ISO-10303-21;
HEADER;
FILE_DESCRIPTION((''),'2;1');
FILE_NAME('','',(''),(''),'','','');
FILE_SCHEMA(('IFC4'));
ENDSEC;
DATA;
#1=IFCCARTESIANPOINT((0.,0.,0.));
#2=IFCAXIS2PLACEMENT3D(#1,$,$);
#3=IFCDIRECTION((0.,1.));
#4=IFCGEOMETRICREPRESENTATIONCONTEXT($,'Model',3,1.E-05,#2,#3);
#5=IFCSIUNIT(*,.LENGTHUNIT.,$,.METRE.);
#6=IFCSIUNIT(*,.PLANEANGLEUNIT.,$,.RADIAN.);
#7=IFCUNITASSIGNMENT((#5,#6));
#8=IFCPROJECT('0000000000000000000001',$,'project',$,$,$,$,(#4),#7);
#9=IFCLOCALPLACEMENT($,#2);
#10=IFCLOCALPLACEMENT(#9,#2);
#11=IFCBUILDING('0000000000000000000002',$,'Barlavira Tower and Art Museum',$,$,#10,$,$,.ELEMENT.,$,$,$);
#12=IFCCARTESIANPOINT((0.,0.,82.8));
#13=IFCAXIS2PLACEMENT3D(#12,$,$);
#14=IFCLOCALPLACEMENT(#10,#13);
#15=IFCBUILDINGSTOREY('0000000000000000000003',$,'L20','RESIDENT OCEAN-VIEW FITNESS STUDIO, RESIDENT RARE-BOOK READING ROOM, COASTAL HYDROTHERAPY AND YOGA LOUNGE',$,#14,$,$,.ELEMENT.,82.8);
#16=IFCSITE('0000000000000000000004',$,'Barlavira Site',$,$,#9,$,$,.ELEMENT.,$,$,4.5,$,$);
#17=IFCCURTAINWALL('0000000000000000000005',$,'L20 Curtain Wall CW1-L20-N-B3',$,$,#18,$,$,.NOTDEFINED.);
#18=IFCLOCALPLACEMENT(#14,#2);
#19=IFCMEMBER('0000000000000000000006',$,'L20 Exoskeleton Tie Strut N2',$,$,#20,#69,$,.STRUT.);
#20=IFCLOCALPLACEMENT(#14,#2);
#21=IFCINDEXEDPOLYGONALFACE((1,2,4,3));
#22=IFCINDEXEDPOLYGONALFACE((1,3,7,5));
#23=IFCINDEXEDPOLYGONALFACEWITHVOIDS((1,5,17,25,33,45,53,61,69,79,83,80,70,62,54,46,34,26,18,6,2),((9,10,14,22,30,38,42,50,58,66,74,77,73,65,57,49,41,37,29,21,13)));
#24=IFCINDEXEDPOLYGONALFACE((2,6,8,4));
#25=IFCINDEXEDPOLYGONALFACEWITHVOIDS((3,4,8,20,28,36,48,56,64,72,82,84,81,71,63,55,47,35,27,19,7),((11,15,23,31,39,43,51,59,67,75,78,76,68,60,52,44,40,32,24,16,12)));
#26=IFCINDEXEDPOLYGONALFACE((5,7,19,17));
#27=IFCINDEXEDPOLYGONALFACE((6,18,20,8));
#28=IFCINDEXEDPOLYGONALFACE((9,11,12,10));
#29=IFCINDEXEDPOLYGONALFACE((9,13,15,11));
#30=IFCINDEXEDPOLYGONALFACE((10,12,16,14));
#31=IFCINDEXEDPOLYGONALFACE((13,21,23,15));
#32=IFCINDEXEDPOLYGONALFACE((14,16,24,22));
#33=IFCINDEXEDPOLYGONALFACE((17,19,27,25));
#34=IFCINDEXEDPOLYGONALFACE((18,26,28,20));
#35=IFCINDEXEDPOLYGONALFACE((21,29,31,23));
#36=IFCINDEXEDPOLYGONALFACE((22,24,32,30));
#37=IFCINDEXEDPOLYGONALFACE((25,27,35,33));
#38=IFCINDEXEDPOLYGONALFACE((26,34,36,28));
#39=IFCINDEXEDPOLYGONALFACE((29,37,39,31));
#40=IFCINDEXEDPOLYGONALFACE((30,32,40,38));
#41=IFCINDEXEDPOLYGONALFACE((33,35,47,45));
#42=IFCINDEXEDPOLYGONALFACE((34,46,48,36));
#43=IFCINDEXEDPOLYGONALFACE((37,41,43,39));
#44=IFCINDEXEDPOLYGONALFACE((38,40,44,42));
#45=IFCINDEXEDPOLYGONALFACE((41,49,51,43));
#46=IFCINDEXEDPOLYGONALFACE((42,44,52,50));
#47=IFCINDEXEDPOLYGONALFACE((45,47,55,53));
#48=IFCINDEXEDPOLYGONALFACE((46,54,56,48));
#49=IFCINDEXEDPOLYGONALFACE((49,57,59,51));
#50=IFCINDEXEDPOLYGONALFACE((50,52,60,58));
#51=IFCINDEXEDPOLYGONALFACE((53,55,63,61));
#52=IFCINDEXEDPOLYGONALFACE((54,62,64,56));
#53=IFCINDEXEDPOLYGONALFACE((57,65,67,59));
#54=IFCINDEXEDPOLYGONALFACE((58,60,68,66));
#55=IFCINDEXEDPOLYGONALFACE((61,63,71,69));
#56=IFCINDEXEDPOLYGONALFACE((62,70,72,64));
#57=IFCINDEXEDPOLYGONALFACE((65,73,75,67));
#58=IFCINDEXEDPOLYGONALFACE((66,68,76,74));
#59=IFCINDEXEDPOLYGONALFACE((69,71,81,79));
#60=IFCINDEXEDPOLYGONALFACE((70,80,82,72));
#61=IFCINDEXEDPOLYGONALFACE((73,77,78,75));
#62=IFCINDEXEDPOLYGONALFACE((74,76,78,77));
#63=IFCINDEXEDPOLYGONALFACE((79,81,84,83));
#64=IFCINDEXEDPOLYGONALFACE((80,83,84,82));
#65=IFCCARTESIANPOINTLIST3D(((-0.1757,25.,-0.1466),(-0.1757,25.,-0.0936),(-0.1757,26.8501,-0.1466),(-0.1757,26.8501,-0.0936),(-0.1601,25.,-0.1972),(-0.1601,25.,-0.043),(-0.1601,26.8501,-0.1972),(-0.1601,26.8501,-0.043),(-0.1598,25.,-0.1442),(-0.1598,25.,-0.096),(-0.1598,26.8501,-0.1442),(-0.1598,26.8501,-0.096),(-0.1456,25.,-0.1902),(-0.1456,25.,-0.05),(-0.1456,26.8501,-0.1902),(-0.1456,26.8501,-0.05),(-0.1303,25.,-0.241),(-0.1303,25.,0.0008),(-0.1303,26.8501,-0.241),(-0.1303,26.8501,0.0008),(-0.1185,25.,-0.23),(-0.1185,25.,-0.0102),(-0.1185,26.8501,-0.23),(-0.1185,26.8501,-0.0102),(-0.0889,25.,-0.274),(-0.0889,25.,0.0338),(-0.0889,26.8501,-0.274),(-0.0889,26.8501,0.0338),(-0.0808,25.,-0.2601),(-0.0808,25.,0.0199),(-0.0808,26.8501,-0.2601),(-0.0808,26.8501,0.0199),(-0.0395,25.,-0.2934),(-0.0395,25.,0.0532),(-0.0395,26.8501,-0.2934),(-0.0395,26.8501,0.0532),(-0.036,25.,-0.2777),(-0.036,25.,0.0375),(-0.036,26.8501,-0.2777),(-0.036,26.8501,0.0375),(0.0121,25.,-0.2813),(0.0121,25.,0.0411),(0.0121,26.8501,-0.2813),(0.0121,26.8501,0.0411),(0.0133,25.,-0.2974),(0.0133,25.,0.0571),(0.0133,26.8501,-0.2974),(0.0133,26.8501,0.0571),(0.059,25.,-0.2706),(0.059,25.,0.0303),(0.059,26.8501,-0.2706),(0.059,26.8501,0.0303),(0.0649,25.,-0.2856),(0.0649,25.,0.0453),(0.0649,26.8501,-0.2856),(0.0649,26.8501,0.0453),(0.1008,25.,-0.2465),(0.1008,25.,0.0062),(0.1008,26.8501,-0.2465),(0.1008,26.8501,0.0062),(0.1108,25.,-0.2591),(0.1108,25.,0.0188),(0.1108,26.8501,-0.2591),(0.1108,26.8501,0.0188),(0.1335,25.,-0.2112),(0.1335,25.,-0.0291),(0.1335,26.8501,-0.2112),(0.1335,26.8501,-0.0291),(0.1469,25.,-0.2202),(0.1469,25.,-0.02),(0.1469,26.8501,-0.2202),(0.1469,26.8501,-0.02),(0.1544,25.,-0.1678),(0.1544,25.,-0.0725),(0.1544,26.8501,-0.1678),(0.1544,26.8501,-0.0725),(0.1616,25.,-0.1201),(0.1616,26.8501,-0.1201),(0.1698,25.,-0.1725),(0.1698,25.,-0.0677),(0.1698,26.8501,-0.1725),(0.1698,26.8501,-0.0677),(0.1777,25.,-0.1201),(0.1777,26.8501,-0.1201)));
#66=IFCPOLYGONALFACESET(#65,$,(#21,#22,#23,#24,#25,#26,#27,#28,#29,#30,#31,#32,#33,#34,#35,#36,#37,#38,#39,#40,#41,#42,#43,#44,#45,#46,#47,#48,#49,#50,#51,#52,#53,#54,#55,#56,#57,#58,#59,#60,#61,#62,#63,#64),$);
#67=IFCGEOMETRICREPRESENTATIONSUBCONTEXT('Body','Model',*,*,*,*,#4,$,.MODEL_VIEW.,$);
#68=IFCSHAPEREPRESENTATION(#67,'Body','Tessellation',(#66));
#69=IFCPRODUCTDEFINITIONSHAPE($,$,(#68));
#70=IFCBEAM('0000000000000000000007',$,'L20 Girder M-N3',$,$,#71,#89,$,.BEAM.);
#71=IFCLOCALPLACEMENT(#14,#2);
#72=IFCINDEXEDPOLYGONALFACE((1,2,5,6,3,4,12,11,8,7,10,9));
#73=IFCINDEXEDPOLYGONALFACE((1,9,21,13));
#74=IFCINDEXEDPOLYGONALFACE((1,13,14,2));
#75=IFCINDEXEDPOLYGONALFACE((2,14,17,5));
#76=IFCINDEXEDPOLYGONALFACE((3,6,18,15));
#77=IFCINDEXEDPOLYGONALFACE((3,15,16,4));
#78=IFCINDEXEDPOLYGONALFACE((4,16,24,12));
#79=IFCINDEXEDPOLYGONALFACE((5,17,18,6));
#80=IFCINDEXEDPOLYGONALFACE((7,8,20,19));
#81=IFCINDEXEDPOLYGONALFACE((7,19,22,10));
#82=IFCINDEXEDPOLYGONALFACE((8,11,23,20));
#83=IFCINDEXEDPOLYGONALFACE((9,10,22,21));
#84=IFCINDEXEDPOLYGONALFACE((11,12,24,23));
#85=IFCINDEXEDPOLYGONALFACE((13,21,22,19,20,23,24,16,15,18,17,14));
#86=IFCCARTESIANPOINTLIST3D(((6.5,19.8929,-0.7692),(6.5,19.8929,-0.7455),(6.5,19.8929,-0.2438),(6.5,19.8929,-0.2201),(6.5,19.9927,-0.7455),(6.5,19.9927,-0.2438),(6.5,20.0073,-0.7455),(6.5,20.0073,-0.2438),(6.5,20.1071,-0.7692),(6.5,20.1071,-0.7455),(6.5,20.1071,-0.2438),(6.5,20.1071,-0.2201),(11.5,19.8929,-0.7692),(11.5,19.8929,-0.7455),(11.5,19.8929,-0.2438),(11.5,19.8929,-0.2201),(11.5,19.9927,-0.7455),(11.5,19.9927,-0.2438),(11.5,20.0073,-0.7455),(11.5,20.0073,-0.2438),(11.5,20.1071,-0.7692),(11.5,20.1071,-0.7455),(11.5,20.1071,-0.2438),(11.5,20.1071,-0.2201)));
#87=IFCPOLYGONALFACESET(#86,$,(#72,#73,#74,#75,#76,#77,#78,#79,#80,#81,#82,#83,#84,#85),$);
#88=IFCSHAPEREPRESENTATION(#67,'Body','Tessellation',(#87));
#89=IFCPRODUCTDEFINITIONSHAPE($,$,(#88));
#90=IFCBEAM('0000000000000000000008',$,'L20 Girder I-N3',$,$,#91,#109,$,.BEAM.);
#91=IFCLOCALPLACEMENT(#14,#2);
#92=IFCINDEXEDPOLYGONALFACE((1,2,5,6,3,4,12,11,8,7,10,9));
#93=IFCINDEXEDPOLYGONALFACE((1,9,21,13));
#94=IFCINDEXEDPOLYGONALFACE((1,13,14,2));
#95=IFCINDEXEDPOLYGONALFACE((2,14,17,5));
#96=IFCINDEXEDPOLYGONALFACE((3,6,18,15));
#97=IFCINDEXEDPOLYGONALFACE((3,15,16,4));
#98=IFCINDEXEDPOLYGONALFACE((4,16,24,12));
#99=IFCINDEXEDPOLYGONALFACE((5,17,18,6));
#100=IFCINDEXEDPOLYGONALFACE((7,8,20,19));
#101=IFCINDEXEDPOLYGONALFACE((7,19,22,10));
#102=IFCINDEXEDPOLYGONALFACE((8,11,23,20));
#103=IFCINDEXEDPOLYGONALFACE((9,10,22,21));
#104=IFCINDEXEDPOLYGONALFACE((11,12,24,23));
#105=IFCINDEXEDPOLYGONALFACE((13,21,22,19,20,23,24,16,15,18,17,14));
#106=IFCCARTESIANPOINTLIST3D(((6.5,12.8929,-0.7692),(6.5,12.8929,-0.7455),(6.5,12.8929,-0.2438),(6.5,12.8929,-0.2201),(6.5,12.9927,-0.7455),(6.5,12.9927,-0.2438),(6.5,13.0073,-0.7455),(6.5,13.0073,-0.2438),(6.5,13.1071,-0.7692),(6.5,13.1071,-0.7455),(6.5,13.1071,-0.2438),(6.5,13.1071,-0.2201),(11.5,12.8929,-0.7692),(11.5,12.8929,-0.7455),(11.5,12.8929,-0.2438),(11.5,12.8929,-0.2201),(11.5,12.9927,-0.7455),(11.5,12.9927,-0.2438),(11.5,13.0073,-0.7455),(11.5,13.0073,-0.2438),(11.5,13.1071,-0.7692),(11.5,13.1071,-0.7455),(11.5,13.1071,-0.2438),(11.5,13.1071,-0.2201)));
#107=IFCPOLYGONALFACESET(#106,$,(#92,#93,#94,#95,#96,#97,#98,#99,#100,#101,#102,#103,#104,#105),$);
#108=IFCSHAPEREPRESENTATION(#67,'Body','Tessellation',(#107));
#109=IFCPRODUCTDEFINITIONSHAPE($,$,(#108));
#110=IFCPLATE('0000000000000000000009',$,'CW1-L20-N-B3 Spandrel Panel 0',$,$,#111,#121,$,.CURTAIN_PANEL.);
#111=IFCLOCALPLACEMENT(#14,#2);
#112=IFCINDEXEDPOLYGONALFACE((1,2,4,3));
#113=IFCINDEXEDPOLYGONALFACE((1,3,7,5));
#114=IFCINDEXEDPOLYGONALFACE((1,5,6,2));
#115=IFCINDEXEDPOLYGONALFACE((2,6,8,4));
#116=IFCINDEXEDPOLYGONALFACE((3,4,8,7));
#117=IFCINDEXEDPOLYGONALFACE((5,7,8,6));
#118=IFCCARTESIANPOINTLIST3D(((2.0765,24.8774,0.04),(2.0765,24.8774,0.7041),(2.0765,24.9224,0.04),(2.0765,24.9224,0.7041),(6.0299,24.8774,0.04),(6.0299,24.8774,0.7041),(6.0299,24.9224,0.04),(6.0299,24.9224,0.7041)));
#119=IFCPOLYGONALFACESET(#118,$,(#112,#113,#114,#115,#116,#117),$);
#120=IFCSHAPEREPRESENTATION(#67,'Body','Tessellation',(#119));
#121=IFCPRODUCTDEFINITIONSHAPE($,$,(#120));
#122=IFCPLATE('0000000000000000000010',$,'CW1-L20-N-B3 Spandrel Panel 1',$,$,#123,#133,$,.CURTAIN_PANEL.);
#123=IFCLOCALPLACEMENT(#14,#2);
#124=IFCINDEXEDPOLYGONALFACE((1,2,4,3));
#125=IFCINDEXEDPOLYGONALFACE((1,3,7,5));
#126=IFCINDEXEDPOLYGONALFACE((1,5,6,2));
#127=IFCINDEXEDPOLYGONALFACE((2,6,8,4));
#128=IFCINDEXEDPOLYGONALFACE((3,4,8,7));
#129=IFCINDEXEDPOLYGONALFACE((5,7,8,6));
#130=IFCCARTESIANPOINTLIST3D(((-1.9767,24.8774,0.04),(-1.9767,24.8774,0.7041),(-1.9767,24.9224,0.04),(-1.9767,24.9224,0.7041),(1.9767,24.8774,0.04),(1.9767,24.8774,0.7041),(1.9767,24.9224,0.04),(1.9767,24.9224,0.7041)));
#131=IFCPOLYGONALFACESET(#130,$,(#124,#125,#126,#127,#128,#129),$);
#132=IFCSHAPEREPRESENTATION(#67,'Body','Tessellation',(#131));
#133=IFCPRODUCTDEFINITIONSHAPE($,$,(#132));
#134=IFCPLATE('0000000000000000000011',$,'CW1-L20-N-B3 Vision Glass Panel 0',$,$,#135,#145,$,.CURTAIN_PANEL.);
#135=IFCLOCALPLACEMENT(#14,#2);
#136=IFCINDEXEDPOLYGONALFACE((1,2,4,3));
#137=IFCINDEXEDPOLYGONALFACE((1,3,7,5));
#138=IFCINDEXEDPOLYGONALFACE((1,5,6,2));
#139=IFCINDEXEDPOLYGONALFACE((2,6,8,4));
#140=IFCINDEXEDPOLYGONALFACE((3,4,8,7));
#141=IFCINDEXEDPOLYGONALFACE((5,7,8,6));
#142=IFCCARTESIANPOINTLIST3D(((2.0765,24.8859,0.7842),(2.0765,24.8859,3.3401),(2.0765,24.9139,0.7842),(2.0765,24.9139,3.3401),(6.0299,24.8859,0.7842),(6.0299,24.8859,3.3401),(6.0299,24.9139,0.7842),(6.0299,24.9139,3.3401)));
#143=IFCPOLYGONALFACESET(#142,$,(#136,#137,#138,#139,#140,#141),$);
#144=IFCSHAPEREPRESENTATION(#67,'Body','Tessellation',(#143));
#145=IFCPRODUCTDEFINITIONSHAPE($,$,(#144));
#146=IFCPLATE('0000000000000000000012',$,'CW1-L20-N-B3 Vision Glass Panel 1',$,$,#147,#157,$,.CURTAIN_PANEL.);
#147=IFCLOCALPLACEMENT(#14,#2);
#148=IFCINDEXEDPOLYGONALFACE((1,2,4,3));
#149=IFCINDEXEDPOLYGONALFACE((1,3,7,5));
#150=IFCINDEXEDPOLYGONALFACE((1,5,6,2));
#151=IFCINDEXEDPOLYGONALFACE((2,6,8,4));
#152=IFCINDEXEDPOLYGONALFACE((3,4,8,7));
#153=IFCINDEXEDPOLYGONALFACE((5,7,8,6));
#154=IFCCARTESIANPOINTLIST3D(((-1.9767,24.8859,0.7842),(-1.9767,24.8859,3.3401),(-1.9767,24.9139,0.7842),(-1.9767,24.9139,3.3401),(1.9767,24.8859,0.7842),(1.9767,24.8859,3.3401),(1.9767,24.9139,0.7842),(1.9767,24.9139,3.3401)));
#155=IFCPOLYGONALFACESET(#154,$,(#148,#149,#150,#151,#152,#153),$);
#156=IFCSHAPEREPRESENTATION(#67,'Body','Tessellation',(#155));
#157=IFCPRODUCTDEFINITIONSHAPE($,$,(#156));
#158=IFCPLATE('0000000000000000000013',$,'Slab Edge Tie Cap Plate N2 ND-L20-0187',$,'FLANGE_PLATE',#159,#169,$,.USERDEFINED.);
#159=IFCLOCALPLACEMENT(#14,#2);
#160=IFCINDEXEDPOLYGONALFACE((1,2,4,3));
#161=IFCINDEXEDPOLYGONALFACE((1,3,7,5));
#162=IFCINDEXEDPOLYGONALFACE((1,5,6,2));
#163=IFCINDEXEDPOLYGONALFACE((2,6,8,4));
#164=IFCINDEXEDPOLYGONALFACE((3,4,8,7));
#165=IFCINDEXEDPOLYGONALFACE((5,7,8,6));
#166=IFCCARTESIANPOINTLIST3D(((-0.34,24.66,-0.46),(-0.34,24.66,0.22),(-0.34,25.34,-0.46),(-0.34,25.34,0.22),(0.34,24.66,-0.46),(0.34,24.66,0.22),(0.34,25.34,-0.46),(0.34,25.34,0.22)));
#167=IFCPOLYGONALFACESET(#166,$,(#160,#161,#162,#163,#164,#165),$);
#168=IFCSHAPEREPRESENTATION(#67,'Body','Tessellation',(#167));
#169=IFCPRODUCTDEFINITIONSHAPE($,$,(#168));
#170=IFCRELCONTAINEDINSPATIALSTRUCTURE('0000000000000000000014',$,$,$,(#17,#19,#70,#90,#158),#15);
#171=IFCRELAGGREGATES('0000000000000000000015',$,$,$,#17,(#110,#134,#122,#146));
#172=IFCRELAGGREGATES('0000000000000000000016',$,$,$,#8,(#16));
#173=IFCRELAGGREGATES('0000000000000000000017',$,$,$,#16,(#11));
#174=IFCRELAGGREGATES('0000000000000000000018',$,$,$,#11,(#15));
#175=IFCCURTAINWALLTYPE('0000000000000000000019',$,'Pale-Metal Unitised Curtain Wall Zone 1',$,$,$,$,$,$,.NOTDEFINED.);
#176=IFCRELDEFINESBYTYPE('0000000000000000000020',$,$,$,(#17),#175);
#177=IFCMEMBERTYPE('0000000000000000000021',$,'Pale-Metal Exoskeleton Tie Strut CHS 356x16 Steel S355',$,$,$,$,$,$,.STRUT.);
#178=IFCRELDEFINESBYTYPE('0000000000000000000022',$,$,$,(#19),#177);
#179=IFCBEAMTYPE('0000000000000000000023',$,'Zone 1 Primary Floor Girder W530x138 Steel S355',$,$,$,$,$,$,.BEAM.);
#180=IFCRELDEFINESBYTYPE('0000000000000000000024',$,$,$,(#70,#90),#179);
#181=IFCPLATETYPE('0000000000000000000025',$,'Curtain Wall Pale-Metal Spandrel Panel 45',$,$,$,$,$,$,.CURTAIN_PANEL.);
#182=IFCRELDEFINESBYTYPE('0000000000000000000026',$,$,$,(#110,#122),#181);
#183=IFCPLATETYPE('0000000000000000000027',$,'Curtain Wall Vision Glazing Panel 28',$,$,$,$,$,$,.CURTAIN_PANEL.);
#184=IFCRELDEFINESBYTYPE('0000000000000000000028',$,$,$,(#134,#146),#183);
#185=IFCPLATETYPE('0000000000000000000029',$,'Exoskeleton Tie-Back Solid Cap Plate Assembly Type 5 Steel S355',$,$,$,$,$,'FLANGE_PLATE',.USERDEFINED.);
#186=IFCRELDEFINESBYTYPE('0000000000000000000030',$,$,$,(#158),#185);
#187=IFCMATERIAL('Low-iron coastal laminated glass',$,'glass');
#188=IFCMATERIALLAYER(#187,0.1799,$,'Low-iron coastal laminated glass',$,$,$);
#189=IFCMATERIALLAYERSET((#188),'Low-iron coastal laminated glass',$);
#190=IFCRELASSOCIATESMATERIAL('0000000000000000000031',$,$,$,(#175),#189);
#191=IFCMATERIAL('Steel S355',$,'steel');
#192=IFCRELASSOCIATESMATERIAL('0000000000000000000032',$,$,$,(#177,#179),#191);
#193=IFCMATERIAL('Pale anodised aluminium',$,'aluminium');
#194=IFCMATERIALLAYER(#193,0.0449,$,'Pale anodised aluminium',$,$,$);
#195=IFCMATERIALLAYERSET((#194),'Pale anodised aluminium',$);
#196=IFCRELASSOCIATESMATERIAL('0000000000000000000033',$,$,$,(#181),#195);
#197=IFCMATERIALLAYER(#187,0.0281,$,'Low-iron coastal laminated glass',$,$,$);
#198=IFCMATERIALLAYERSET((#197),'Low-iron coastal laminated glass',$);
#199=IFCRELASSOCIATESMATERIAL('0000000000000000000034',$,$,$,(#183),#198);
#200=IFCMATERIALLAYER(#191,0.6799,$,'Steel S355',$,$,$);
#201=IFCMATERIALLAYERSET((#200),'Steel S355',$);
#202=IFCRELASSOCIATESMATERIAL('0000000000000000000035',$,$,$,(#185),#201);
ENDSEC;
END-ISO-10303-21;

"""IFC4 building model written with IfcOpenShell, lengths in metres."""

from ifc_helpers import new_model, si_unit, direction, frame, origin, origin_2d, place, context, subcontext, project, spatial, rectangle, hollow_circle, i_section, extrude, material, layer, layer_set, material_profile, profile_set, type_object, element, aggregate, save


model = new_model("IFC4")

# Units and contexts
model_context = context("Model", 3, precision=1e-05, world=origin(), true_north=direction((0.0, 1.0)))
body_context = subcontext(model_context, "Body", "Model", "MODEL_VIEW")
ifc_project = project(units=[si_unit("LENGTHUNIT", "METRE"), si_unit("PLANEANGLEUNIT", "RADIAN")], contexts=[model_context])

# Site, building, storey
site_placement = place(None, origin())
site = spatial("IfcSite", under=ifc_project, at=site_placement, Name="Barlavira Site", CompositionType="ELEMENT", RefElevation=4.5)
building_placement = place(site_placement, origin())
building = spatial("IfcBuilding", under=site, at=building_placement, Name="Barlavira Tower and Art Museum", CompositionType="ELEMENT")
storey_placement = place(building_placement, frame((0.0, 0.0, 82.8)))
storey = spatial("IfcBuildingStorey", under=building, at=storey_placement, Name="L20", Description="RESIDENT OCEAN-VIEW FITNESS STUDIO, RESIDENT RARE-BOOK READING ROOM, COASTAL HYDROTHERAPY AND YOGA LOUNGE", CompositionType="ELEMENT", Elevation=82.8)

# Curtain wall
ifc_material_1 = material(Name="Low-iron coastal laminated glass", Category="glass")
ifc_layer_1 = layer(ifc_material_1, 0.1799, Name="Low-iron coastal laminated glass")
ifc_layer_set_1 = layer_set([ifc_layer_1], Name="Low-iron coastal laminated glass")
curtain_wall_type = type_object("IfcCurtainWallType", Name="Pale-Metal Unitised Curtain Wall Zone 1", PredefinedType="NOTDEFINED", material=ifc_layer_set_1)
curtain_wall_placement = place(storey_placement, origin())
curtain_wall = element("IfcCurtainWall", 1, at=curtain_wall_placement, inside=storey, type_object=curtain_wall_type, Name="L20 Curtain Wall CW1-L20-N-B3", PredefinedType="NOTDEFINED")
ifc_material_2 = material(Name="Pale anodised aluminium", Category="aluminium")

# Member
ifc_material_3 = material(Name="Steel S355", Category="steel")
ifc_material_profile_1 = material_profile(ifc_material_3, hollow_circle(Radius=0.1777, WallThickness=0.0161, at=origin_2d()), Name="CHS 355.6x16.0")
ifc_profile_set_1 = profile_set([ifc_material_profile_1], Name="Steel S355")
member_type_1 = type_object("IfcMemberType", Name="Pale-Metal Exoskeleton Tie Strut CHS 356x16 Steel S355", PredefinedType="STRUT", material=ifc_profile_set_1)
member_1_placement = place(storey_placement, frame((0.0, 26.8501, -0.1201), z_axis=(0.0, -1.0, 0.0), x_axis=(1.0, 0.0, 0.0)))
element("IfcMember", 2, at=member_1_placement, inside=storey, type_object=member_type_1, Name="L20 Exoskeleton Tie Strut N2", PredefinedType="STRUT", context=body_context, shape_type="SweptSolid", body=[
    extrude(hollow_circle(Radius=0.1777, WallThickness=0.0161, at=origin_2d()), origin(), (0.0, 0.0, 1.0), 1.8501),
])

# Beams
ifc_material_profile_2 = material_profile(ifc_material_3, i_section(OverallWidth=0.2141, OverallDepth=0.5491, WebThickness=0.0146, FlangeThickness=0.0237, at=origin_2d()), Name="W530x138.0")
ifc_profile_set_2 = profile_set([ifc_material_profile_2], Name="Steel S355")
beam_type = type_object("IfcBeamType", Name="Zone 1 Primary Floor Girder W530x138 Steel S355", PredefinedType="BEAM", material=ifc_profile_set_2)
for number, where, z_axis, x_axis, name in (
    (3, (6.5, 20.0, -0.4946), (1.0, 0.0, 0.0), (0.0, 1.0, 0.0), "L20 Girder M-N3"),
    (4, (6.5, 13.0, -0.4946), (1.0, 0.0, 0.0), (0.0, 1.0, 0.0), "L20 Girder I-N3"),
):
    element("IfcBeam", number, at=place(storey_placement, frame(where, z_axis=z_axis, x_axis=x_axis)), inside=storey, type_object=beam_type, Name=name, PredefinedType="BEAM", context=body_context, shape_type="SweptSolid", body=[
        extrude(i_section(OverallWidth=0.2141, OverallDepth=0.5491, WebThickness=0.0146, FlangeThickness=0.0237, at=origin_2d()), origin(), (0.0, 0.0, 1.0), 5.0),
    ])

# Plates
ifc_layer_2 = layer(ifc_material_2, 0.0449, Name="Pale anodised aluminium")
ifc_layer_set_2 = layer_set([ifc_layer_2], Name="Pale anodised aluminium")
plate_type_1 = type_object("IfcPlateType", Name="Curtain Wall Pale-Metal Spandrel Panel 45", PredefinedType="CURTAIN_PANEL", material=ifc_layer_set_2)
plate_1_placement = place(storey_placement, frame((4.0532, 24.8999, 0.04), z_axis=(0.0, 0.0, 1.0), x_axis=(-1.0, 0.0, 0.0)))
plate_1 = element("IfcPlate", 5, at=plate_1_placement, type_object=plate_type_1, Name="CW1-L20-N-B3 Spandrel Panel 0", PredefinedType="CURTAIN_PANEL", context=body_context, shape_type="SweptSolid", body=[
    extrude(rectangle(XDim=3.9534, YDim=0.0449, at=origin_2d()), origin(), (0.0, 0.0, 1.0), 0.6641),
])
plate_2_placement = place(storey_placement, frame((0.0, 24.8999, 0.04), z_axis=(0.0, 0.0, 1.0), x_axis=(-1.0, 0.0, 0.0)))
plate_2 = element("IfcPlate", 6, at=plate_2_placement, type_object=plate_type_1, Name="CW1-L20-N-B3 Spandrel Panel 1", PredefinedType="CURTAIN_PANEL", context=body_context, shape_type="SweptSolid", body=[
    extrude(rectangle(XDim=3.9534, YDim=0.0449, at=origin_2d()), origin(), (0.0, 0.0, 1.0), 0.6641),
])
ifc_layer_3 = layer(ifc_material_1, 0.0281, Name="Low-iron coastal laminated glass")
ifc_layer_set_3 = layer_set([ifc_layer_3], Name="Low-iron coastal laminated glass")
plate_type_2 = type_object("IfcPlateType", Name="Curtain Wall Vision Glazing Panel 28", PredefinedType="CURTAIN_PANEL", material=ifc_layer_set_3)
plate_3_placement = place(storey_placement, frame((4.0532, 24.8999, 0.7842), z_axis=(0.0, 0.0, 1.0), x_axis=(-1.0, 0.0, 0.0)))
plate_3 = element("IfcPlate", 7, at=plate_3_placement, type_object=plate_type_2, Name="CW1-L20-N-B3 Vision Glass Panel 0", PredefinedType="CURTAIN_PANEL", context=body_context, shape_type="SweptSolid", body=[
    extrude(rectangle(XDim=3.9534, YDim=0.0281, at=origin_2d()), origin(), (0.0, 0.0, 1.0), 2.5559),
])
plate_4_placement = place(storey_placement, frame((0.0, 24.8999, 0.7842), z_axis=(0.0, 0.0, 1.0), x_axis=(-1.0, 0.0, 0.0)))
plate_4 = element("IfcPlate", 8, at=plate_4_placement, type_object=plate_type_2, Name="CW1-L20-N-B3 Vision Glass Panel 1", PredefinedType="CURTAIN_PANEL", context=body_context, shape_type="SweptSolid", body=[
    extrude(rectangle(XDim=3.9534, YDim=0.0281, at=origin_2d()), origin(), (0.0, 0.0, 1.0), 2.5559),
])
aggregate(curtain_wall, [plate_1, plate_3, plate_2, plate_4])
ifc_layer_4 = layer(ifc_material_3, 0.6799, Name="Steel S355")
ifc_layer_set_4 = layer_set([ifc_layer_4], Name="Steel S355")
plate_type_3 = type_object("IfcPlateType", Name="Exoskeleton Tie-Back Solid Cap Plate Assembly Type 5 Steel S355", ElementType="FLANGE_PLATE", PredefinedType="USERDEFINED", material=ifc_layer_set_4)
plate_5_placement = place(storey_placement, frame((0.0, 25.0, -0.46), z_axis=(0.0, 0.0, 1.0), x_axis=(1.0, 0.0, 0.0)))
element("IfcPlate", 9, at=plate_5_placement, inside=storey, type_object=plate_type_3, Name="Slab Edge Tie Cap Plate N2 ND-L20-0187", ObjectType="FLANGE_PLATE", PredefinedType="USERDEFINED", context=body_context, shape_type="SweptSolid", body=[
    extrude(rectangle(XDim=0.6799, YDim=0.6799, at=origin_2d()), origin(), (0.0, 0.0, 1.0), 0.6799),
])

save(model, "model.ifc")
